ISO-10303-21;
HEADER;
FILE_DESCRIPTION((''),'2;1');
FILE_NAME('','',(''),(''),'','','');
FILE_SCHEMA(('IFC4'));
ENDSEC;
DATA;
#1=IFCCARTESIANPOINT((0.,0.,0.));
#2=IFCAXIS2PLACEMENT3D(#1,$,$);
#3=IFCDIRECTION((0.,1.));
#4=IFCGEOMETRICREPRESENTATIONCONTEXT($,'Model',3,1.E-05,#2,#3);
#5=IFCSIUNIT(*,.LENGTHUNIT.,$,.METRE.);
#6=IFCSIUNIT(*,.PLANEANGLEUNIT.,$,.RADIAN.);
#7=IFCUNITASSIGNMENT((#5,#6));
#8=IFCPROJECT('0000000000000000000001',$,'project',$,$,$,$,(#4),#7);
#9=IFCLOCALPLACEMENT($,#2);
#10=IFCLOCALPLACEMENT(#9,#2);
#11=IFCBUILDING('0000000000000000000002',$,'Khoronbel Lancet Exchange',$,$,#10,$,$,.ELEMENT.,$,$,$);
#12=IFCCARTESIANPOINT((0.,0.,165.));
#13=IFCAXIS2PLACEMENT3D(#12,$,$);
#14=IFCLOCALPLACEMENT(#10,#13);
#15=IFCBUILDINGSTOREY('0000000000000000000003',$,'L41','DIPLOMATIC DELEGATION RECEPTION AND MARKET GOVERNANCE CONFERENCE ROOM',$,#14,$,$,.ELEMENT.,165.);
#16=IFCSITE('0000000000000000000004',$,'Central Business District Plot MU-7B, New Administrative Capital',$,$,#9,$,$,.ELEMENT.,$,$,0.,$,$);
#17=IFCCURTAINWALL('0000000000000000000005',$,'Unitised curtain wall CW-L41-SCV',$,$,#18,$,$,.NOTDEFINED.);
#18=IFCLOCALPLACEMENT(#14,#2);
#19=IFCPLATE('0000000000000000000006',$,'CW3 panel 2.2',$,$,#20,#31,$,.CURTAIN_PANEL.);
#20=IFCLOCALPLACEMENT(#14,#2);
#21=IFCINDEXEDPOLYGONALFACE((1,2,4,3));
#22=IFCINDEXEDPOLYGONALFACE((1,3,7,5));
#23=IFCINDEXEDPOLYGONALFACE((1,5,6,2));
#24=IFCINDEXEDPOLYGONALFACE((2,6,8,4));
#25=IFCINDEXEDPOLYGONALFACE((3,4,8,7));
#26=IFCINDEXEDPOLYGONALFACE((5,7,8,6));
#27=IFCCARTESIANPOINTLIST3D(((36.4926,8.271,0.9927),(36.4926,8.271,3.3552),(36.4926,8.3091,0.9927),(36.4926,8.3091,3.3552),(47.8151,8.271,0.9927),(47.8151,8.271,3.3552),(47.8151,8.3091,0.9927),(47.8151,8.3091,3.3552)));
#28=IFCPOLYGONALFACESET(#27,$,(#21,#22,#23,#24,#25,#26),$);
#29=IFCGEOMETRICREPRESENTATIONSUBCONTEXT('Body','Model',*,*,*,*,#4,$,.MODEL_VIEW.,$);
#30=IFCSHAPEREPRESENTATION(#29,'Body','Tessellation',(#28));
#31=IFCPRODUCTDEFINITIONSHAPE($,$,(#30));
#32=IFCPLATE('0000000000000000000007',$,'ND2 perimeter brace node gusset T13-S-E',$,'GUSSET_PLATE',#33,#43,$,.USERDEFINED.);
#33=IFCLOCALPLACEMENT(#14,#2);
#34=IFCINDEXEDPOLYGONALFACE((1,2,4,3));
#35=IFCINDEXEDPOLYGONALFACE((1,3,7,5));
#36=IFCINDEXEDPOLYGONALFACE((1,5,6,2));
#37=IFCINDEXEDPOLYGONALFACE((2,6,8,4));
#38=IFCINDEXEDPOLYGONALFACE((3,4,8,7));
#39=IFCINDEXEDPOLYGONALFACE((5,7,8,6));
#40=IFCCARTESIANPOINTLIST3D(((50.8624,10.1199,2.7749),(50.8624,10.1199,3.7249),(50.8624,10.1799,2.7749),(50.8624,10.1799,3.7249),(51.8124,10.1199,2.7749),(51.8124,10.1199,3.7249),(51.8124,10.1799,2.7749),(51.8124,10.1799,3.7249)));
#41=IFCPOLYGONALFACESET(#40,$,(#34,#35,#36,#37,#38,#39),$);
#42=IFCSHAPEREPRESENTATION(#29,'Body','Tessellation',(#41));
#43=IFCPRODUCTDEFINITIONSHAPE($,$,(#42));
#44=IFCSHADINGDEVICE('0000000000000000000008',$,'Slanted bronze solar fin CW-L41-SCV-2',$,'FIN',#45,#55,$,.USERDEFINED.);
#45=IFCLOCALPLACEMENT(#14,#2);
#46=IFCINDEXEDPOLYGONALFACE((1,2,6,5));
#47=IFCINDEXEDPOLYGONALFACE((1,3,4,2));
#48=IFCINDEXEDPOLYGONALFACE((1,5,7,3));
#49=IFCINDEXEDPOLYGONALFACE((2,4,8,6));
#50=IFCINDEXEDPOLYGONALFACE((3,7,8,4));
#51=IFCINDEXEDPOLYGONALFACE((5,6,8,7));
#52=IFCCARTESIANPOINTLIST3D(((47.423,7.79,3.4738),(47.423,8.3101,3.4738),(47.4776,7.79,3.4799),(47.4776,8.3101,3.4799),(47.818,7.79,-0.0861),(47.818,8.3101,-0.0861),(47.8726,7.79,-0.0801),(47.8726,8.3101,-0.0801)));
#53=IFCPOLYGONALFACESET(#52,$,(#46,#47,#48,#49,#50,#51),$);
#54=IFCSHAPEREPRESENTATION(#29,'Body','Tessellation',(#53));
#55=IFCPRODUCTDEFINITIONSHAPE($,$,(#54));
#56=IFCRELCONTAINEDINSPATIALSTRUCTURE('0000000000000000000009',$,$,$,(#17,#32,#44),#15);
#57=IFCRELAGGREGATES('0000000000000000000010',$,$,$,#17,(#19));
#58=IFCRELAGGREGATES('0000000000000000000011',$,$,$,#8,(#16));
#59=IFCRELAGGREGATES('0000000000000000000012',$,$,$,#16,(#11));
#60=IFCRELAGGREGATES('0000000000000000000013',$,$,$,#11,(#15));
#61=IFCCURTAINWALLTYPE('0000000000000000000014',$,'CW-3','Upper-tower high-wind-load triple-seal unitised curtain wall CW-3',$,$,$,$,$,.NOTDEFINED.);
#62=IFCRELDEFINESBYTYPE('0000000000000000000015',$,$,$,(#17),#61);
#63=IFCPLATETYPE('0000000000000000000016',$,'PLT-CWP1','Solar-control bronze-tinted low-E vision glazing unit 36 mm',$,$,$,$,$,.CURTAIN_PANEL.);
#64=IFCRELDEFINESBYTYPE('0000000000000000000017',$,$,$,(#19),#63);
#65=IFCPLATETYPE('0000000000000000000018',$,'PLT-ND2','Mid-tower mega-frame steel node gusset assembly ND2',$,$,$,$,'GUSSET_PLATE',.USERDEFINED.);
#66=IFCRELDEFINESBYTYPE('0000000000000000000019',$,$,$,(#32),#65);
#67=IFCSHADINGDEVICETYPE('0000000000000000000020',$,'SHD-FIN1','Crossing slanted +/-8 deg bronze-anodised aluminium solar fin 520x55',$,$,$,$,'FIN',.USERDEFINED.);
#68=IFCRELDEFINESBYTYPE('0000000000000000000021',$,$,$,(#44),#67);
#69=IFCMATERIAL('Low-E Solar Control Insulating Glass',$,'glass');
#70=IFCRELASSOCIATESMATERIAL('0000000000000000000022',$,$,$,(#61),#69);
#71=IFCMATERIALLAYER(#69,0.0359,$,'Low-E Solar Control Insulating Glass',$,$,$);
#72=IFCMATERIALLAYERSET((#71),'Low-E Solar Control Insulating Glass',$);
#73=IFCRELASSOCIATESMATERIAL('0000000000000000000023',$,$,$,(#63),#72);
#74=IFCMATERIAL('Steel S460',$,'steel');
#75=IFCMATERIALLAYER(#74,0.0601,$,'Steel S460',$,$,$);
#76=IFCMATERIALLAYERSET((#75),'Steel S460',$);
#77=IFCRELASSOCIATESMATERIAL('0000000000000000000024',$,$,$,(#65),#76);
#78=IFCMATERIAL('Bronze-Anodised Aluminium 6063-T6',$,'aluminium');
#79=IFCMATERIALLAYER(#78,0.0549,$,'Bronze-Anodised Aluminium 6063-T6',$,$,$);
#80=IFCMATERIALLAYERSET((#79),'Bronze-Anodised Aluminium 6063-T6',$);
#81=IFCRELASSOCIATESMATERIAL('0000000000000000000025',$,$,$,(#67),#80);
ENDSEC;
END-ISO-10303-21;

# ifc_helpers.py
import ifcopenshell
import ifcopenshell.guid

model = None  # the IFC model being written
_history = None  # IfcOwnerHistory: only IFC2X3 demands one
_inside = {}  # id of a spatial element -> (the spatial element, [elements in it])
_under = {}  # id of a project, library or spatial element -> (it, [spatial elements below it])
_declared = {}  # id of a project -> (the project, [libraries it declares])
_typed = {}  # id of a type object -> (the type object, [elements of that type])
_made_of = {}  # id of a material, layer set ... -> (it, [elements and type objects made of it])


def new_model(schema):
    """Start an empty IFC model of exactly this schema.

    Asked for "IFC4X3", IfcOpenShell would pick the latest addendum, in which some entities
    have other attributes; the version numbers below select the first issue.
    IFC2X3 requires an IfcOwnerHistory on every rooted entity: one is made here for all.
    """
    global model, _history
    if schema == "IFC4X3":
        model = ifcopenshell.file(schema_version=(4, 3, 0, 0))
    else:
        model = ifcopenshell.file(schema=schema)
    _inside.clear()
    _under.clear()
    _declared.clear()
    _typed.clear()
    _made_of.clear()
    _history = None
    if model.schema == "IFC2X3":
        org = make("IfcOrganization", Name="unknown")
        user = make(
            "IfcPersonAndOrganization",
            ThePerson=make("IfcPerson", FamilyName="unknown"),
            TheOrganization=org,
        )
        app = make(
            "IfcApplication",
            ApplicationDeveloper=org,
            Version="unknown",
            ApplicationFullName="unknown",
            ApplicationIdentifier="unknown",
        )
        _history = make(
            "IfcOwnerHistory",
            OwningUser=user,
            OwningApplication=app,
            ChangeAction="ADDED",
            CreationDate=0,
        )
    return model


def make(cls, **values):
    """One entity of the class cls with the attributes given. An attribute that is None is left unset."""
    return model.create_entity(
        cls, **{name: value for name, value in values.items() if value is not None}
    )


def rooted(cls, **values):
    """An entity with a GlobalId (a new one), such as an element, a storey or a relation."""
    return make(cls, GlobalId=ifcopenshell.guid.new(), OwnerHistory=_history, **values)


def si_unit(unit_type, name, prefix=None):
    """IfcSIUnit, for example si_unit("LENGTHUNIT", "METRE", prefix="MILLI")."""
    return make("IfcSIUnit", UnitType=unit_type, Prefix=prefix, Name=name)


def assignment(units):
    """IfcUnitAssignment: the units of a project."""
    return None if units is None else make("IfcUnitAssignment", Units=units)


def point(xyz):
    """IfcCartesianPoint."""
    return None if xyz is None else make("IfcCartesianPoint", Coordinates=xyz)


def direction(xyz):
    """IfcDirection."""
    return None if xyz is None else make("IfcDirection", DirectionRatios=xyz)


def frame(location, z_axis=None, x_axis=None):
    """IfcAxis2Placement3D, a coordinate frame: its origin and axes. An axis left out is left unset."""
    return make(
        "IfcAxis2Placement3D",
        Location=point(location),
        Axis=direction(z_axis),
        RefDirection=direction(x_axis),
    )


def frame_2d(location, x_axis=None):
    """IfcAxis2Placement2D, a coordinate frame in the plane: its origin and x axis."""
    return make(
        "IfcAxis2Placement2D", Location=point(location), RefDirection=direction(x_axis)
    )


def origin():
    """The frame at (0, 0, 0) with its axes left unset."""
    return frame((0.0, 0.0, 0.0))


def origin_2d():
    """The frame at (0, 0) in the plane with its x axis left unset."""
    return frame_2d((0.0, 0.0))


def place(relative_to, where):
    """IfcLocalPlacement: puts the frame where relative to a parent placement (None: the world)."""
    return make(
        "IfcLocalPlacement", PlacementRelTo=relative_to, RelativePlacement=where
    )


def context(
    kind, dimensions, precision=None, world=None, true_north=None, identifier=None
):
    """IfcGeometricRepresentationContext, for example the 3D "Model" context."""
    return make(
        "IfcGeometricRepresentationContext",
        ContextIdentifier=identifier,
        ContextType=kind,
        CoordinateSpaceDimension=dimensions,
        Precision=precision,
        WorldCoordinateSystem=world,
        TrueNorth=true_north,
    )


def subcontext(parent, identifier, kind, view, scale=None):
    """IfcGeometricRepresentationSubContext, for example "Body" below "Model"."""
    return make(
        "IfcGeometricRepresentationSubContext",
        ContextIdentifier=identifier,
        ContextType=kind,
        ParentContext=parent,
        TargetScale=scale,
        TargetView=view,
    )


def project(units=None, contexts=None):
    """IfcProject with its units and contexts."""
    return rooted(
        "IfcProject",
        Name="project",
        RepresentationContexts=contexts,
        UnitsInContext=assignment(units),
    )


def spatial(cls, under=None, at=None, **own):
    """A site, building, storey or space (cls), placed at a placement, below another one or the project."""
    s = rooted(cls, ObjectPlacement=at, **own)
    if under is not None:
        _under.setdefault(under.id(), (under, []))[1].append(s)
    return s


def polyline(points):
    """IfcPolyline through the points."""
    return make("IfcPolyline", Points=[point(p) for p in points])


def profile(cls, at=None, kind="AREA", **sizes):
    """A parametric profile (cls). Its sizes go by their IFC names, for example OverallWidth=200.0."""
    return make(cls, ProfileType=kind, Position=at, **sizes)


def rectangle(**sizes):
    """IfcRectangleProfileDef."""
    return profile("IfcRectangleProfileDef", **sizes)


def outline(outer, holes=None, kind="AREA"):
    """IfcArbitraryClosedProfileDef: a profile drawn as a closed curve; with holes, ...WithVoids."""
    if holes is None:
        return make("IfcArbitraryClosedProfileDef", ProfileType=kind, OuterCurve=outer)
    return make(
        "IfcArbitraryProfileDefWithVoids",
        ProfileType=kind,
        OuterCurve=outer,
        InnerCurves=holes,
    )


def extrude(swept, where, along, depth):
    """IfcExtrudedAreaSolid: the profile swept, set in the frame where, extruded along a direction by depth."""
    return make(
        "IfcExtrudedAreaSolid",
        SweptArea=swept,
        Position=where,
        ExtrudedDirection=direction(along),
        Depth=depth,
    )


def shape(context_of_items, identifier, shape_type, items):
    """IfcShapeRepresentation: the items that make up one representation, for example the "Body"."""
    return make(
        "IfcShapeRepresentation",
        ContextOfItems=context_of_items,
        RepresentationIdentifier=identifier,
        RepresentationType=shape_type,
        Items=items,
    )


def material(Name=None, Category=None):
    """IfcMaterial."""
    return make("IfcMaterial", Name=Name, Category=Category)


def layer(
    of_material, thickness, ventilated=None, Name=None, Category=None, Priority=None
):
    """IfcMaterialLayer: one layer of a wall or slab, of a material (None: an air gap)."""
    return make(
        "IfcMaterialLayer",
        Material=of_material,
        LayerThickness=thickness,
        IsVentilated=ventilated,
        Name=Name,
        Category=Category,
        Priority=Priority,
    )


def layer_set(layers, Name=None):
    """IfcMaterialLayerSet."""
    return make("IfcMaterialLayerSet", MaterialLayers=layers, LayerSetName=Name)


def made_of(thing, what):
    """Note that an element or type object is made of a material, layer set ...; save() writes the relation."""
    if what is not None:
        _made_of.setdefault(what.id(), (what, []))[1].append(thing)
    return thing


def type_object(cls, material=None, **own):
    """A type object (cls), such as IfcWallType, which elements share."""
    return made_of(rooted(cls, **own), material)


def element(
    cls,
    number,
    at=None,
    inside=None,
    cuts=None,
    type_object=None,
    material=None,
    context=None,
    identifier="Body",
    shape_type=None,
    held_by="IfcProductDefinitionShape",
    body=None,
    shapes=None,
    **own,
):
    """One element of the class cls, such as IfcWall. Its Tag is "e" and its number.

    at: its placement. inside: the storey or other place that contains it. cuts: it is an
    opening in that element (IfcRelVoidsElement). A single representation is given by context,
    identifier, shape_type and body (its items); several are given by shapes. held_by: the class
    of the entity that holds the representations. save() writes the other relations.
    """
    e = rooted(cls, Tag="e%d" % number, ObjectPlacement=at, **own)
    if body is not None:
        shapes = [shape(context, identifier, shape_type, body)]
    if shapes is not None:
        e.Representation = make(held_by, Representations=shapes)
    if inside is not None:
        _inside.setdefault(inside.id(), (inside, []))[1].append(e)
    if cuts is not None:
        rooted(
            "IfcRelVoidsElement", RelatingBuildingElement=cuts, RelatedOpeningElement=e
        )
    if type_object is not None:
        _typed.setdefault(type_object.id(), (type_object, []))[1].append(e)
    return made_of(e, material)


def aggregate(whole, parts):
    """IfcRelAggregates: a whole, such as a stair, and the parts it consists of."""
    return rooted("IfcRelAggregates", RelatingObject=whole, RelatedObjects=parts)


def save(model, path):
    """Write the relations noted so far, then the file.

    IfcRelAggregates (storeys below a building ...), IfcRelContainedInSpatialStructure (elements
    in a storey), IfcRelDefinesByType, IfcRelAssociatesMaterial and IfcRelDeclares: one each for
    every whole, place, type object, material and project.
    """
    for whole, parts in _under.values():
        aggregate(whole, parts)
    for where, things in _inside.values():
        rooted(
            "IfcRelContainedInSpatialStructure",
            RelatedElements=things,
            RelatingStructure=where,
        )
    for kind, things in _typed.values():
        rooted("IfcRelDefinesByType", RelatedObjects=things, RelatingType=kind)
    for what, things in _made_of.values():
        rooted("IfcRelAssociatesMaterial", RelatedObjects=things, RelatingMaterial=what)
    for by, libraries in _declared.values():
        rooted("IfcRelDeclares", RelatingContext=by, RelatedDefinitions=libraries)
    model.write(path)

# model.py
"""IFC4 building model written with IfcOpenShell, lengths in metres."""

from ifc_helpers import new_model, si_unit, direction, frame, origin, origin_2d, place, context, subcontext, project, spatial, polyline, rectangle, outline, extrude, material, layer, layer_set, type_object, element, aggregate, save


model = new_model("IFC4")

# Units and contexts
model_context = context("Model", 3, precision=1e-05, world=origin(), true_north=direction((0.0, 1.0)))
body_context = subcontext(model_context, "Body", "Model", "MODEL_VIEW")
ifc_project = project(units=[si_unit("LENGTHUNIT", "METRE"), si_unit("PLANEANGLEUNIT", "RADIAN")], contexts=[model_context])

# Site, building, storey
site_placement = place(None, origin())
site = spatial("IfcSite", under=ifc_project, at=site_placement, Name="Central Business District Plot MU-7B, New Administrative Capital", CompositionType="ELEMENT", RefElevation=0.0)
building_placement = place(site_placement, origin())
building = spatial("IfcBuilding", under=site, at=building_placement, Name="Khoronbel Lancet Exchange", CompositionType="ELEMENT")
storey_placement = place(building_placement, frame((0.0, 0.0, 165.0)))
storey = spatial("IfcBuildingStorey", under=building, at=storey_placement, Name="L41", Description="DIPLOMATIC DELEGATION RECEPTION AND MARKET GOVERNANCE CONFERENCE ROOM", CompositionType="ELEMENT", Elevation=165.0)

# Shared definitions
ifc_material_1 = material(Name="Steel S460", Category="steel")

# Curtain wall
ifc_material_2 = material(Name="Low-E Solar Control Insulating Glass", Category="glass")
curtain_wall_type = type_object("IfcCurtainWallType", Name="CW-3", Description="Upper-tower high-wind-load triple-seal unitised curtain wall CW-3", PredefinedType="NOTDEFINED", material=ifc_material_2)
curtain_wall_1_placement = place(storey_placement, origin())
curtain_wall_1 = element("IfcCurtainWall", 1, at=curtain_wall_1_placement, inside=storey, type_object=curtain_wall_type, Name="Unitised curtain wall CW-L41-SCV", PredefinedType="NOTDEFINED")
ifc_material_3 = material(Name="Bronze-Anodised Aluminium 6063-T6", Category="aluminium")

# Plates
ifc_layer_1 = layer(ifc_material_2, 0.0359, Name="Low-E Solar Control Insulating Glass")
ifc_layer_set_1 = layer_set([ifc_layer_1], Name="Low-E Solar Control Insulating Glass")
plate_type_1 = type_object("IfcPlateType", Name="PLT-CWP1", Description="Solar-control bronze-tinted low-E vision glazing unit 36 mm", PredefinedType="CURTAIN_PANEL", material=ifc_layer_set_1)
plate_1_placement = place(storey_placement, frame((42.1538, 8.29, 0.9927), z_axis=(0.0, 0.0, 1.0), x_axis=(1.0, 0.0, 0.0)))
plate_1 = element("IfcPlate", 2, at=plate_1_placement, type_object=plate_type_1, Name="CW3 panel 2.2", PredefinedType="CURTAIN_PANEL", context=body_context, shape_type="SweptSolid", body=[
    extrude(rectangle(XDim=11.3225, YDim=0.0381, at=origin_2d()), origin(), (0.0, 0.0, 1.0), 2.3625),
])
aggregate(curtain_wall_1, [plate_1])
ifc_layer_2 = layer(ifc_material_1, 0.0601, Name="Steel S460")
ifc_layer_set_2 = layer_set([ifc_layer_2], Name="Steel S460")
plate_type_2 = type_object("IfcPlateType", Name="PLT-ND2", Description="Mid-tower mega-frame steel node gusset assembly ND2", ElementType="GUSSET_PLATE", PredefinedType="USERDEFINED", material=ifc_layer_set_2)
plate_2_placement = place(storey_placement, frame((51.3374, 10.1499, 2.7749), z_axis=(0.0, 0.0, 1.0), x_axis=(1.0, 0.0, 0.0)))
element("IfcPlate", 3, at=plate_2_placement, inside=storey, type_object=plate_type_2, Name="ND2 perimeter brace node gusset T13-S-E", ObjectType="GUSSET_PLATE", PredefinedType="USERDEFINED", context=body_context, shape_type="SweptSolid", body=[
    extrude(rectangle(XDim=0.95, YDim=0.0601, at=origin_2d()), origin(), (0.0, 0.0, 1.0), 0.95),
])

# Shading device
ifc_layer_3 = layer(ifc_material_3, 0.0549, Name="Bronze-Anodised Aluminium 6063-T6")
ifc_layer_set_3 = layer_set([ifc_layer_3], Name="Bronze-Anodised Aluminium 6063-T6")
shading_device_type = type_object("IfcShadingDeviceType", Name="SHD-FIN1", Description="Crossing slanted +/-8 deg bronze-anodised aluminium solar fin 520x55", ElementType="FIN", PredefinedType="USERDEFINED", material=ifc_layer_set_3)
shading_device_placement = place(storey_placement, frame((47.8726, 8.3101, -0.0801), z_axis=(0.9939, 0.0, 0.110282), x_axis=(0.0, -1.0, 0.0)))
element("IfcShadingDevice", 4, at=shading_device_placement, inside=storey, type_object=shading_device_type, Name="Slanted bronze solar fin CW-L41-SCV-2", ObjectType="FIN", PredefinedType="USERDEFINED", context=body_context, shape_type="SweptSolid", body=[
    extrude(outline(polyline([(0.0, 0.0), (0.52, 0.0), (0.52, -3.5818), (0.0, -3.5818), (0.0, 0.0)])), origin(), (0.0, 0.0, -1.0), 0.0549),
])

save(model, "model.ifc")
